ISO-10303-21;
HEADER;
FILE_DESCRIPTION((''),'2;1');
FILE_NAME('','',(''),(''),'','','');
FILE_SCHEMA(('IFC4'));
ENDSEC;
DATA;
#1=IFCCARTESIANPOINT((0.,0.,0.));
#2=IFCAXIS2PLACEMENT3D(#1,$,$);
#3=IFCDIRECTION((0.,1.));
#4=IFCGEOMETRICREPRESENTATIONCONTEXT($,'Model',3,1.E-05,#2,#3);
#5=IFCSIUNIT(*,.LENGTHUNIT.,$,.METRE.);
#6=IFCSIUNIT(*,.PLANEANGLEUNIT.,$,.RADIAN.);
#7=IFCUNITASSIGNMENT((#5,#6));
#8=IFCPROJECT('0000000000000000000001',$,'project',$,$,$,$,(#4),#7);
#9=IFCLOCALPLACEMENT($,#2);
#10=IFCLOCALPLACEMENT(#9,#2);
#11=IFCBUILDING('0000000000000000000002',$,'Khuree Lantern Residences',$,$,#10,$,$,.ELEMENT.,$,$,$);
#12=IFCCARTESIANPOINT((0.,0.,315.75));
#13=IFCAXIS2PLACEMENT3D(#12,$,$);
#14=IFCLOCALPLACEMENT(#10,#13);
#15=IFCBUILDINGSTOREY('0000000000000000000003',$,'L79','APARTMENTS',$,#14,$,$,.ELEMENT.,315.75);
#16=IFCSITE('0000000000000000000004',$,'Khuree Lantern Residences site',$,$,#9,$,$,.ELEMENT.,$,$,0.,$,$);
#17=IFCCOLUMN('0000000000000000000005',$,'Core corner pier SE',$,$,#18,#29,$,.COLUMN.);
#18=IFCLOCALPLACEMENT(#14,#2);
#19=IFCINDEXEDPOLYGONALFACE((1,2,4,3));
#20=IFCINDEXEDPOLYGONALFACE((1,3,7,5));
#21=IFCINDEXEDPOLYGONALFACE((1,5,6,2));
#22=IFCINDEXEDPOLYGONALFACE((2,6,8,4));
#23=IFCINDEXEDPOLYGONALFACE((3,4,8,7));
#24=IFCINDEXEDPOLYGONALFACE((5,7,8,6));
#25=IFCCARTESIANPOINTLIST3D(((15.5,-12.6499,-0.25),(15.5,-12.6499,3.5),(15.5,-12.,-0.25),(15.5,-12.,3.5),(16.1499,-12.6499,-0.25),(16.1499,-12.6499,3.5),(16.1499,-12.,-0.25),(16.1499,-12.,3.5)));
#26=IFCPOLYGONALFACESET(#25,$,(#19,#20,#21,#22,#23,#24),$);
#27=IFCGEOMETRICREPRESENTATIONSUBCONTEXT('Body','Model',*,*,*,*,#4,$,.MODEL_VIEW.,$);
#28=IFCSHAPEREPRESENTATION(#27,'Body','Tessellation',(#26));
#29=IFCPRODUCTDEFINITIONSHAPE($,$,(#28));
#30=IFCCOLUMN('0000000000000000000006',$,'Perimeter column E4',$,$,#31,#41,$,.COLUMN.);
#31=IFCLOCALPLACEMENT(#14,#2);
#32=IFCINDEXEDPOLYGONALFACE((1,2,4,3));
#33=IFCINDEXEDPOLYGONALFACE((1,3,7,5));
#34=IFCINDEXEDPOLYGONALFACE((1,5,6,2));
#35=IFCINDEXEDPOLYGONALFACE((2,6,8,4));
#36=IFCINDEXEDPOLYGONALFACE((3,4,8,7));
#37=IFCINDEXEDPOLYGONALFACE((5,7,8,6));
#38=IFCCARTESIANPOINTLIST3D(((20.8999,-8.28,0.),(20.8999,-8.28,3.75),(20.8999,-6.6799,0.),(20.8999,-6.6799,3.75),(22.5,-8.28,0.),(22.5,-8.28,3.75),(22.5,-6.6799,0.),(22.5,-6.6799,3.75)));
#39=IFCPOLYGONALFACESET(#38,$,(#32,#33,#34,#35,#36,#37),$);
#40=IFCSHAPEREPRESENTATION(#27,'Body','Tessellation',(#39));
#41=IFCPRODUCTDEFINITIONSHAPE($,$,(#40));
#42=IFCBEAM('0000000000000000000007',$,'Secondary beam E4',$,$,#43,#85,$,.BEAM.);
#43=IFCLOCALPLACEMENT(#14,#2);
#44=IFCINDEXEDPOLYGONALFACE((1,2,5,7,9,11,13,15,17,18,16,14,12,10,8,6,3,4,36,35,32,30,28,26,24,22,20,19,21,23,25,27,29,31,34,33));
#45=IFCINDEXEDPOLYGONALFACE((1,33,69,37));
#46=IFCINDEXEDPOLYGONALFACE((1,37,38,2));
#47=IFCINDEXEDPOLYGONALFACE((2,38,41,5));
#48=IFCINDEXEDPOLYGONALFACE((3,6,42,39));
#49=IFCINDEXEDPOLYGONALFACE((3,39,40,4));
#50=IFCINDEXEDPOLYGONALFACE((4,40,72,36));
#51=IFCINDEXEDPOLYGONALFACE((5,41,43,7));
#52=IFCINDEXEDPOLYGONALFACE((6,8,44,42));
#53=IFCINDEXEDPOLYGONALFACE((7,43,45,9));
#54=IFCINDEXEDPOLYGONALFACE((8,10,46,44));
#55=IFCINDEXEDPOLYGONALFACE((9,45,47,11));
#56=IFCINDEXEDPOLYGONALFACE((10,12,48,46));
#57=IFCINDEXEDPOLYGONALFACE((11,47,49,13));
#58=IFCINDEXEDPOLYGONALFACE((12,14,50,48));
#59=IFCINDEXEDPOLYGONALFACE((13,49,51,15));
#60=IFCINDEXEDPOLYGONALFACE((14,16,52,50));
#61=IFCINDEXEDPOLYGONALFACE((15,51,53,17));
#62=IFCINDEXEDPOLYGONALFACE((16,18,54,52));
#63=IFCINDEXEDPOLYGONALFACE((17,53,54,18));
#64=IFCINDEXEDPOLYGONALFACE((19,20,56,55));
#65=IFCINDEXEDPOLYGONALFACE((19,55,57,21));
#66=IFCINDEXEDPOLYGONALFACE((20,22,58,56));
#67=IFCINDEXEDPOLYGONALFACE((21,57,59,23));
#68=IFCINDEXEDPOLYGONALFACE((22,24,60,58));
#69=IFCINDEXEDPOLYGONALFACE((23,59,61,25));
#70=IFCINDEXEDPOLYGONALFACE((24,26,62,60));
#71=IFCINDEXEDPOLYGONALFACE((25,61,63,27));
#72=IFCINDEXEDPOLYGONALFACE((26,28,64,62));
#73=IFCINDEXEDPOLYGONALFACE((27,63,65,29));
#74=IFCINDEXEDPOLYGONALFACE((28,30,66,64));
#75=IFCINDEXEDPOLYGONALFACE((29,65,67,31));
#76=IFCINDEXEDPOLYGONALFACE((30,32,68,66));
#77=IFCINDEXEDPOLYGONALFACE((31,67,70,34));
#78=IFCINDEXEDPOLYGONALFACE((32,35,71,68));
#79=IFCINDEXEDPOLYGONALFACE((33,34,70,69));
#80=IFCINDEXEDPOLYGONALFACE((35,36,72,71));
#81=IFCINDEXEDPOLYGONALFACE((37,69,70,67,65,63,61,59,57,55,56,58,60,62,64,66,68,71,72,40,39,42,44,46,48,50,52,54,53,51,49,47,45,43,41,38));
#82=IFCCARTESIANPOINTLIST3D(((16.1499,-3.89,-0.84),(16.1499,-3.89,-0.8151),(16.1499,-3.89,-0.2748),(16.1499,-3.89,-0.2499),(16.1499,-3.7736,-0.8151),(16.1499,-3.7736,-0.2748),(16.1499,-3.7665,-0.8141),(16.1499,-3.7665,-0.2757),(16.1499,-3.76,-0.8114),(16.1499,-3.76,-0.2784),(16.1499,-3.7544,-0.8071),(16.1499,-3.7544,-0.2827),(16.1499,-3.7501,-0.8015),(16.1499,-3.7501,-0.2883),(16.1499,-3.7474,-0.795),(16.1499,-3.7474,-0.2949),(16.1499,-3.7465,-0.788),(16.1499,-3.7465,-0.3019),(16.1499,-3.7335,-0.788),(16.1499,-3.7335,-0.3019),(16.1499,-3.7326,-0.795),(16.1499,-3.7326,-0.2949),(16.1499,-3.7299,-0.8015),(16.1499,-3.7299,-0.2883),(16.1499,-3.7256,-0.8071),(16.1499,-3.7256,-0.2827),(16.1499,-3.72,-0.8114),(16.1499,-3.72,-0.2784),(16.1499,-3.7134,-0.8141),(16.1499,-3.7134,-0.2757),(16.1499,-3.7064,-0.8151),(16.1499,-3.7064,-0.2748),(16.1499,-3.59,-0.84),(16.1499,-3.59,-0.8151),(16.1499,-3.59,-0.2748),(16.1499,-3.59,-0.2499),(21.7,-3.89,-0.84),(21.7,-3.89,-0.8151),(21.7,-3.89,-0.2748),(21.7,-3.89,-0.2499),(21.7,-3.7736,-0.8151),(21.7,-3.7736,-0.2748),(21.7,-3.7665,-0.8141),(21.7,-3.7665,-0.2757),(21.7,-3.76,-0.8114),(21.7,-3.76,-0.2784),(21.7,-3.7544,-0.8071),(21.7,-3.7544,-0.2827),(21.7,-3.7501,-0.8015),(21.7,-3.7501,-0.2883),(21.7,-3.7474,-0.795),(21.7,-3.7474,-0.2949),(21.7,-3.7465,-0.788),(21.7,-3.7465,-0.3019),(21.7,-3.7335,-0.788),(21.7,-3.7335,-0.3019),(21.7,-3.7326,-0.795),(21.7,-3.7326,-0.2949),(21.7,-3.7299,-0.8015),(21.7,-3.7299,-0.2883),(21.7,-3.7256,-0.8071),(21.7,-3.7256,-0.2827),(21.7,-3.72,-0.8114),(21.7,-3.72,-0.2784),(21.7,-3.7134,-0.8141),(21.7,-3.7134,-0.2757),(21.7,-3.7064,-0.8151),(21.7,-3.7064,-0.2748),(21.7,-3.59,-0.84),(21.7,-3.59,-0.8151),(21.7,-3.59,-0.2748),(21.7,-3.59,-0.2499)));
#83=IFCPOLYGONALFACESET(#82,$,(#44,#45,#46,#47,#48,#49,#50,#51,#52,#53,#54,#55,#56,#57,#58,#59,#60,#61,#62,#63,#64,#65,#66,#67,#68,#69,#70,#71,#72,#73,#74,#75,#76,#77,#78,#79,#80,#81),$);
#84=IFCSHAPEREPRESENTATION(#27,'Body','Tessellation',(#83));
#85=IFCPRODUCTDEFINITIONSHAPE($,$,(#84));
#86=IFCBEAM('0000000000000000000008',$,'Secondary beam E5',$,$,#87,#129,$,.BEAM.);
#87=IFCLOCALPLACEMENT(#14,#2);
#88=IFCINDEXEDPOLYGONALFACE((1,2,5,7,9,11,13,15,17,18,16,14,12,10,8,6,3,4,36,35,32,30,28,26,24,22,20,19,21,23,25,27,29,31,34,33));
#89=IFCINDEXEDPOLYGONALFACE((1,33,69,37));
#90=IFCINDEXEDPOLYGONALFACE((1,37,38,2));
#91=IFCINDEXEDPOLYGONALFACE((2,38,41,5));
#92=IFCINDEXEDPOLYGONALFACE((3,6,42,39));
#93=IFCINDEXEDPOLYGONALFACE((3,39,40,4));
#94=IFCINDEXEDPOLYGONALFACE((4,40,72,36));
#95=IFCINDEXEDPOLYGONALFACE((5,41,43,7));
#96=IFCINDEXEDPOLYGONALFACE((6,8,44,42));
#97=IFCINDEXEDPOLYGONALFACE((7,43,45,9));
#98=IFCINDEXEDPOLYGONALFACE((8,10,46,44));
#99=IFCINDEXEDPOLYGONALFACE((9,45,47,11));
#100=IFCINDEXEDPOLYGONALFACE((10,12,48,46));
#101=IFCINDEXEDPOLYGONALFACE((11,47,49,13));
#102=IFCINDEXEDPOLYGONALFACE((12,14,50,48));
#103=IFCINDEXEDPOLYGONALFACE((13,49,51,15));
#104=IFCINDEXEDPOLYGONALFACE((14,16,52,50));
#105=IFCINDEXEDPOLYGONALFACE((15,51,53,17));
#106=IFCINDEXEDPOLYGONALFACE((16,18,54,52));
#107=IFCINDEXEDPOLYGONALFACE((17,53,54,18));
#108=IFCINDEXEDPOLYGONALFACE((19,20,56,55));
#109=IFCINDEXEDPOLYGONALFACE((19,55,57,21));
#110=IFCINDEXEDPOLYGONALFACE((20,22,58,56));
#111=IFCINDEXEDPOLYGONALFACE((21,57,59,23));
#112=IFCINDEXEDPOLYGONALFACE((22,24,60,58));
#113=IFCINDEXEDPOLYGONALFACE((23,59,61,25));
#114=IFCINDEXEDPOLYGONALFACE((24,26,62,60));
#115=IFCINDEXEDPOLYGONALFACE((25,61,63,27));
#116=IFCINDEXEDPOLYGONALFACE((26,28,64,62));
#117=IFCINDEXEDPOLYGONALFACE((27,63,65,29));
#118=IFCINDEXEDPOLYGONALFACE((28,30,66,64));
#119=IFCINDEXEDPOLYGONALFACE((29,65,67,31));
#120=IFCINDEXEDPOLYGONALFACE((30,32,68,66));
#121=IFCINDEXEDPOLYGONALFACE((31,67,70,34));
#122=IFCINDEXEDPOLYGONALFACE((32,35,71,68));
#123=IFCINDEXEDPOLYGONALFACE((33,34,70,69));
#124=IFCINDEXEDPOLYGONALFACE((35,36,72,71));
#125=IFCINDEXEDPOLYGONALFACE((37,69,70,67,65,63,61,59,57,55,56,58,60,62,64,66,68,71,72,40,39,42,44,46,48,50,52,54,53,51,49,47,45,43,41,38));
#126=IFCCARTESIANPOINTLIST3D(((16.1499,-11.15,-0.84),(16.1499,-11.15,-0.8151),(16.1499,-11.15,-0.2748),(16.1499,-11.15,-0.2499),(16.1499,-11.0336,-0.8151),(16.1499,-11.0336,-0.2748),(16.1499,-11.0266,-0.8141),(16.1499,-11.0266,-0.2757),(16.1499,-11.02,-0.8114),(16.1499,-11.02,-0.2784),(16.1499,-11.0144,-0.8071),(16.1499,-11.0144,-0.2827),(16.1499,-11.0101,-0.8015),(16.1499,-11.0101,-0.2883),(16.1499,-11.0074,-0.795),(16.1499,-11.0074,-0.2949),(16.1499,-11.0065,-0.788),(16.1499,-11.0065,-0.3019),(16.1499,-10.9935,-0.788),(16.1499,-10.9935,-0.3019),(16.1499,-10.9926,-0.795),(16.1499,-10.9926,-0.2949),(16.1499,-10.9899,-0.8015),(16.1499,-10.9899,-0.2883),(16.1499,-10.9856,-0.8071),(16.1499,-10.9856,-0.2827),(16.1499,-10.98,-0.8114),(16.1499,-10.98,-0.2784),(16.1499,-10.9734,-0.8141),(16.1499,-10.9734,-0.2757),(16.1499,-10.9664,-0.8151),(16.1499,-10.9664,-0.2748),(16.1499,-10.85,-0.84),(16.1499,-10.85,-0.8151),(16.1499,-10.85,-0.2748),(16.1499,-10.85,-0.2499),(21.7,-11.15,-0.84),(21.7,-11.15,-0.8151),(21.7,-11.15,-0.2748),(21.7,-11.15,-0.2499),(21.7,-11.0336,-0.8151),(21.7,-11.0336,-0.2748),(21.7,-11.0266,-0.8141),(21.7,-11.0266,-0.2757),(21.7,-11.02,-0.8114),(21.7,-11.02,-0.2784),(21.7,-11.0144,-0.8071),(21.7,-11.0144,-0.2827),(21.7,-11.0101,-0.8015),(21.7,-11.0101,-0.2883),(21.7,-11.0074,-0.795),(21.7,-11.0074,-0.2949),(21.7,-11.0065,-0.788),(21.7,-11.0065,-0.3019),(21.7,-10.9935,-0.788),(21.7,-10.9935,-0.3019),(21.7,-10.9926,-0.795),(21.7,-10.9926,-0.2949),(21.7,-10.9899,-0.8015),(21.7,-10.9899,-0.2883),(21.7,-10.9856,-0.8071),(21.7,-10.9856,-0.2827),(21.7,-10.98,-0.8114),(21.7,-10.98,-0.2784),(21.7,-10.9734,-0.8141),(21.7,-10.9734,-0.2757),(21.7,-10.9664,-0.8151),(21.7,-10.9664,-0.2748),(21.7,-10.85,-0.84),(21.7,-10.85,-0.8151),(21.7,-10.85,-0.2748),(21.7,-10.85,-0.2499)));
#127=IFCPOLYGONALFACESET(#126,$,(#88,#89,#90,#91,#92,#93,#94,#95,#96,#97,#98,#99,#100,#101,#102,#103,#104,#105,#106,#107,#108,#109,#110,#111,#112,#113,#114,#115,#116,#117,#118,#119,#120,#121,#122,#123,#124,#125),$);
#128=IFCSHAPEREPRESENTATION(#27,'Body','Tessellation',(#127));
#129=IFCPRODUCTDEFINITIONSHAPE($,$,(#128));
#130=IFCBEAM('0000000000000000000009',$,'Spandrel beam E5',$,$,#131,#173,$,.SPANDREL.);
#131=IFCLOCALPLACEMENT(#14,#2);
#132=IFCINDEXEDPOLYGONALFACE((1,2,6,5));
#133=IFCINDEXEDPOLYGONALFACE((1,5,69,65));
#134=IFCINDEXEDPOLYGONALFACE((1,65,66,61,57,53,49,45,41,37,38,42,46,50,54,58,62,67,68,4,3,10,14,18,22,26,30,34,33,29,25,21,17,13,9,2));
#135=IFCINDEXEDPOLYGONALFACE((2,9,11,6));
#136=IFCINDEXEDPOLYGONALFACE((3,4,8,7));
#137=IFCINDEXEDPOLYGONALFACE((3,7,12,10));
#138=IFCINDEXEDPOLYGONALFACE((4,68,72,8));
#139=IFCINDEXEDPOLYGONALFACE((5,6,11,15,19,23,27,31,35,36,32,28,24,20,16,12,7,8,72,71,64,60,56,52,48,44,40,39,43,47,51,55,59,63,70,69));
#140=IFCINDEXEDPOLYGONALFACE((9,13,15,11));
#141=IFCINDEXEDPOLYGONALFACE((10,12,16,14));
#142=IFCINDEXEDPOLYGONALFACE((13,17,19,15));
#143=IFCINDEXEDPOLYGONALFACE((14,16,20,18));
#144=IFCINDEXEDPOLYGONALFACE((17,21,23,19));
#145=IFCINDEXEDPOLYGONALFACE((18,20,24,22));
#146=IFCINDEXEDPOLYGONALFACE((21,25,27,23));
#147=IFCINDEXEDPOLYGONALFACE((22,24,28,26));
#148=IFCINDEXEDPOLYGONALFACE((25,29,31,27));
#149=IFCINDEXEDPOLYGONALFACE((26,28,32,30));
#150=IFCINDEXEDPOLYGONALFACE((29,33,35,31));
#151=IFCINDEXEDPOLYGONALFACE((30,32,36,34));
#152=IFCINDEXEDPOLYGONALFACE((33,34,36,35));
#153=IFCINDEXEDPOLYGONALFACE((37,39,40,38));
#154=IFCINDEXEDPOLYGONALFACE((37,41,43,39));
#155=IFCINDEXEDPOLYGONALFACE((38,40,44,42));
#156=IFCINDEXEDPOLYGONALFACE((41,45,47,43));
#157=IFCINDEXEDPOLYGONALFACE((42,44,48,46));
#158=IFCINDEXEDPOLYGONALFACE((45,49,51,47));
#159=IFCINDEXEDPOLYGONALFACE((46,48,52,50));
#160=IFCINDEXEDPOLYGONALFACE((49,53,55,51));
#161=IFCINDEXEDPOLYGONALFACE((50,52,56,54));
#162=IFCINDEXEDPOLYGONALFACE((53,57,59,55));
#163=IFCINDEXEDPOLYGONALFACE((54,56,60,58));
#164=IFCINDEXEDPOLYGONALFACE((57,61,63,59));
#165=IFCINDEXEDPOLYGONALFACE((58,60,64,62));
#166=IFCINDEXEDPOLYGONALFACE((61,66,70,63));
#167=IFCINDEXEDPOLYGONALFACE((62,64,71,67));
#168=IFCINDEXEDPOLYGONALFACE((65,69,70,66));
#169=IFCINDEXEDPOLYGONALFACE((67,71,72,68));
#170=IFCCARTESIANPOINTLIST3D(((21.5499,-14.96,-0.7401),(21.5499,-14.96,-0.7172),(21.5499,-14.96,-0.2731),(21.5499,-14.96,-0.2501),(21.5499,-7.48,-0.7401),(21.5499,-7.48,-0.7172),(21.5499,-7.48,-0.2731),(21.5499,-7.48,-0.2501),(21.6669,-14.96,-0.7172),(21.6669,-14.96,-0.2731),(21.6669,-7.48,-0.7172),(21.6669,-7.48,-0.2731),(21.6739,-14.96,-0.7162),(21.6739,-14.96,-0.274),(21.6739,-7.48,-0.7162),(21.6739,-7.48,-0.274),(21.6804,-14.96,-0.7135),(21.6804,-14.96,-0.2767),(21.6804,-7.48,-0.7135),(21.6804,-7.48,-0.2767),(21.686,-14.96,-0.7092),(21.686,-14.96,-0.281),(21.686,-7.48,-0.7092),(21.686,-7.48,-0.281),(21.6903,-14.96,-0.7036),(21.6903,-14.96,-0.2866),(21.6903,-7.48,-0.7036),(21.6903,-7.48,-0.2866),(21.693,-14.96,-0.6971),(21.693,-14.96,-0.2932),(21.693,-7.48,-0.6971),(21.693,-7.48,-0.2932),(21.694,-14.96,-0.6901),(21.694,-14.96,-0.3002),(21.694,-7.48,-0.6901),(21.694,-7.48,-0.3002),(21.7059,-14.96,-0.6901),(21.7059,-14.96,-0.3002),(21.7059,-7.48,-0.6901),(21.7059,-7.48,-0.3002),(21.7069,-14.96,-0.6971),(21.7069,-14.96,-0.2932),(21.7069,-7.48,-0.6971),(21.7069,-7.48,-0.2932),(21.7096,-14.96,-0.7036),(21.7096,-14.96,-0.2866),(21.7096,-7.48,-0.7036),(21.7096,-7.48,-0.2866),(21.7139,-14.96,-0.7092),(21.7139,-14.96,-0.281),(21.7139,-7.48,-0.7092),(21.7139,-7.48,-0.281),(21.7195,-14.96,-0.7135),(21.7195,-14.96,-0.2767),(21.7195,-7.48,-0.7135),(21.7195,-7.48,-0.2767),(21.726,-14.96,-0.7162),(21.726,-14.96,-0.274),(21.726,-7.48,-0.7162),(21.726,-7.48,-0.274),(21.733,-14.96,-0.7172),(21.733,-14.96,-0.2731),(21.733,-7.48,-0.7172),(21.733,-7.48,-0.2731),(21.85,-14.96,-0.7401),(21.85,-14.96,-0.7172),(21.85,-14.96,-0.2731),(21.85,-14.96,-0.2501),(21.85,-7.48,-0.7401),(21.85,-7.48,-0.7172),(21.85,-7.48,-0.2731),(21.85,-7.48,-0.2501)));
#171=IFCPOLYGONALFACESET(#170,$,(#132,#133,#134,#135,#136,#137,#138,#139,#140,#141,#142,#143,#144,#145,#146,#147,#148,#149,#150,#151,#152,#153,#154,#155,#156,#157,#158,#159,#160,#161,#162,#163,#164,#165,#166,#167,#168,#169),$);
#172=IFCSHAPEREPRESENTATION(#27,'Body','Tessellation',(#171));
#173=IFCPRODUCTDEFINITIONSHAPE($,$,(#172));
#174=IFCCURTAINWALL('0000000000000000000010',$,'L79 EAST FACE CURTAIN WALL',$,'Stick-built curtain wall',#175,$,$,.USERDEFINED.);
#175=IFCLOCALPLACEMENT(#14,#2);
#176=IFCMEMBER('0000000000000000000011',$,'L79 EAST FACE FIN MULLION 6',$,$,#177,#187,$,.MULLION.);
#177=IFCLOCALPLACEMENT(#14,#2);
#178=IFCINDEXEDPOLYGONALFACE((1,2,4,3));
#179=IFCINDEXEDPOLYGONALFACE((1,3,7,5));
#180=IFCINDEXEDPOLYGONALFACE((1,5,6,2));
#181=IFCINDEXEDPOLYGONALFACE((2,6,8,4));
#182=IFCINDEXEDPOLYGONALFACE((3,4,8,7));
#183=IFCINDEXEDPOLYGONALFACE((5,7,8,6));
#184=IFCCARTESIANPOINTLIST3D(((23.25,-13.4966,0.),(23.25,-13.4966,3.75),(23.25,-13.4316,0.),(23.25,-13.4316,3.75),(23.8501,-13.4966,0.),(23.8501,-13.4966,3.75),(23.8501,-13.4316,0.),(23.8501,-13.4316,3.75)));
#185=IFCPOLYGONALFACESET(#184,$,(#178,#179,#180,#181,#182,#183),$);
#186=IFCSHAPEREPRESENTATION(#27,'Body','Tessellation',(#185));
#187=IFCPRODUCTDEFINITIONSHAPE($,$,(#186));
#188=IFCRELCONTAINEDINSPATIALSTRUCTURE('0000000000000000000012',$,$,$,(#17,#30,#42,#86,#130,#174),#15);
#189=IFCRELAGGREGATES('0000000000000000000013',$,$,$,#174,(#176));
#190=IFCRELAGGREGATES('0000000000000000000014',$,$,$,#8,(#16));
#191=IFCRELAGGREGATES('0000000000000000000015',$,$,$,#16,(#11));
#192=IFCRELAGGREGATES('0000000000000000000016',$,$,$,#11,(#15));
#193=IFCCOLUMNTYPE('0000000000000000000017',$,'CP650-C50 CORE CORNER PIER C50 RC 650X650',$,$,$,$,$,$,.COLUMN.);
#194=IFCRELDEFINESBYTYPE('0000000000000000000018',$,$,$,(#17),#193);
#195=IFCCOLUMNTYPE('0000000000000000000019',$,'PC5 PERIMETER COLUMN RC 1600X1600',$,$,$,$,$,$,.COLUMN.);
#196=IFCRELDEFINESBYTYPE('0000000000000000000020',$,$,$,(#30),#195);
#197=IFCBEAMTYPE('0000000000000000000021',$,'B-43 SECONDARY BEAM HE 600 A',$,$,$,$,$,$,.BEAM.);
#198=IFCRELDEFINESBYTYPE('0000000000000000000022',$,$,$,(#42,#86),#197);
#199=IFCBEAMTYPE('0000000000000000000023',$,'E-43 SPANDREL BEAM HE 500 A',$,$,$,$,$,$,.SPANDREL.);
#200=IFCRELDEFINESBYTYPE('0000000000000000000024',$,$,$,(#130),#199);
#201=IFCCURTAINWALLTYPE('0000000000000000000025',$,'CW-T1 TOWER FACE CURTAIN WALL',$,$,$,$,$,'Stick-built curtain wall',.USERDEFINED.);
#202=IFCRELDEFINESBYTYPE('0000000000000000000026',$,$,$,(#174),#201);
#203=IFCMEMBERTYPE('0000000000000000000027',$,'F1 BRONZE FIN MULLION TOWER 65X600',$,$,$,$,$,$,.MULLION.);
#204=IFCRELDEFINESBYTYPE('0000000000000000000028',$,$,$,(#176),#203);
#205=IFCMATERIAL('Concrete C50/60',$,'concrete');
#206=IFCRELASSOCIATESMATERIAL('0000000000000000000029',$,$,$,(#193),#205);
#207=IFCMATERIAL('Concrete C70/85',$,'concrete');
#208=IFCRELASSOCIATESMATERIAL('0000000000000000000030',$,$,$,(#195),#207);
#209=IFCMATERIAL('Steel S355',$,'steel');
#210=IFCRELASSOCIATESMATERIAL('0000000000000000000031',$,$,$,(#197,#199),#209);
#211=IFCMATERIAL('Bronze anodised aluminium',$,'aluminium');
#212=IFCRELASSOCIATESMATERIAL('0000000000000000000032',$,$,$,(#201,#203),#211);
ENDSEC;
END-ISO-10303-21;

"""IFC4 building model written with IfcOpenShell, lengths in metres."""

from ifc_helpers import new_model, si_unit, direction, frame, origin, origin_2d, place, context, subcontext, project, spatial, rectangle, i_section, extrude, material, material_profile, profile_set, type_object, element, aggregate, save


model = new_model("IFC4")

# Units and contexts
model_context = context("Model", 3, precision=1e-05, world=origin(), true_north=direction((0.0, 1.0)))
body_context = subcontext(model_context, "Body", "Model", "MODEL_VIEW")
ifc_project = project(units=[si_unit("LENGTHUNIT", "METRE"), si_unit("PLANEANGLEUNIT", "RADIAN")], contexts=[model_context])

# Site, building, storey
site_placement = place(None, origin())
site = spatial("IfcSite", under=ifc_project, at=site_placement, Name="Khuree Lantern Residences site", CompositionType="ELEMENT", RefElevation=0.0)
building_placement = place(site_placement, origin())
building = spatial("IfcBuilding", under=site, at=building_placement, Name="Khuree Lantern Residences", CompositionType="ELEMENT")
storey_placement = place(building_placement, frame((0.0, 0.0, 315.75)))
storey = spatial("IfcBuildingStorey", under=building, at=storey_placement, Name="L79", Description="APARTMENTS", CompositionType="ELEMENT", Elevation=315.75)

# Columns
ifc_material_1 = material(Name="Concrete C50/60", Category="concrete")
ifc_material_profile_1 = material_profile(ifc_material_1, rectangle(XDim=0.6499, YDim=0.6499, at=origin_2d()), Name="RC 650X650")
ifc_profile_set_1 = profile_set([ifc_material_profile_1], Name="Concrete C50/60")
column_type_1 = type_object("IfcColumnType", Name="CP650-C50 CORE CORNER PIER C50 RC 650X650", PredefinedType="COLUMN", material=ifc_profile_set_1)
column_1_placement = place(storey_placement, frame((15.825, -12.325, -0.25), z_axis=(0.0, 0.0, 1.0), x_axis=(1.0, 0.0, 0.0)))
element("IfcColumn", 1, at=column_1_placement, inside=storey, type_object=column_type_1, Name="Core corner pier SE", PredefinedType="COLUMN", context=body_context, shape_type="SweptSolid", body=[
    extrude(rectangle(XDim=0.6499, YDim=0.6499, at=origin_2d()), origin(), (0.0, 0.0, 1.0), 3.75),
])
ifc_material_2 = material(Name="Concrete C70/85", Category="concrete")
ifc_material_profile_2 = material_profile(ifc_material_2, rectangle(XDim=1.6001, YDim=1.6001, at=origin_2d()), Name="RC 1600X1600")
ifc_profile_set_2 = profile_set([ifc_material_profile_2], Name="Concrete C70/85")
column_type_2 = type_object("IfcColumnType", Name="PC5 PERIMETER COLUMN RC 1600X1600", PredefinedType="COLUMN", material=ifc_profile_set_2)
column_2_placement = place(storey_placement, frame((21.7, -7.48, 0.0), z_axis=(0.0, 0.0, 1.0), x_axis=(0.0, 1.0, 0.0)))
element("IfcColumn", 2, at=column_2_placement, inside=storey, type_object=column_type_2, Name="Perimeter column E4", PredefinedType="COLUMN", context=body_context, shape_type="SweptSolid", body=[
    extrude(rectangle(XDim=1.6001, YDim=1.6001, at=origin_2d()), origin(), (0.0, 0.0, 1.0), 3.75),
])

# Beams
ifc_material_3 = material(Name="Steel S355", Category="steel")
ifc_material_profile_3 = material_profile(ifc_material_3, i_section(OverallWidth=0.3, OverallDepth=0.5901, WebThickness=0.0129, FlangeThickness=0.0249, FilletRadius=0.0271, at=origin_2d()), Name="HE 600 A")
ifc_profile_set_3 = profile_set([ifc_material_profile_3], Name="Steel S355")
beam_type_1 = type_object("IfcBeamType", Name="B-43 SECONDARY BEAM HE 600 A", PredefinedType="BEAM", material=ifc_profile_set_3)
for number, where, z_axis, x_axis, name in (
    (3, (21.7, -3.74, -0.5449), (-1.0, 0.0, 0.0), (0.0, -1.0, 0.0), "Secondary beam E4"),
    (4, (21.7, -11.0, -0.5449), (-1.0, 0.0, 0.0), (0.0, -1.0, 0.0), "Secondary beam E5"),
):
    element("IfcBeam", number, at=place(storey_placement, frame(where, z_axis=z_axis, x_axis=x_axis)), inside=storey, type_object=beam_type_1, Name=name, PredefinedType="BEAM", context=body_context, shape_type="SweptSolid", body=[
        extrude(i_section(OverallWidth=0.3, OverallDepth=0.5901, WebThickness=0.0129, FlangeThickness=0.0249, FilletRadius=0.0271, at=origin_2d()), origin(), (0.0, 0.0, 1.0), 5.55),
    ])
ifc_material_profile_4 = material_profile(ifc_material_3, i_section(OverallWidth=0.3, OverallDepth=0.49, WebThickness=0.012, FlangeThickness=0.0229, FilletRadius=0.0271, at=origin_2d()), Name="HE 500 A")
ifc_profile_set_4 = profile_set([ifc_material_profile_4], Name="Steel S355")
beam_type_2 = type_object("IfcBeamType", Name="E-43 SPANDREL BEAM HE 500 A", PredefinedType="SPANDREL", material=ifc_profile_set_4)
beam_1_placement = place(storey_placement, frame((21.7, -7.48, -0.4951), z_axis=(0.0, -1.0, 0.0), x_axis=(1.0, 0.0, 0.0)))
element("IfcBeam", 5, at=beam_1_placement, inside=storey, type_object=beam_type_2, Name="Spandrel beam E5", PredefinedType="SPANDREL", context=body_context, shape_type="SweptSolid", body=[
    extrude(i_section(OverallWidth=0.3, OverallDepth=0.49, WebThickness=0.012, FlangeThickness=0.0229, FilletRadius=0.0271, at=origin_2d()), origin(), (0.0, 0.0, 1.0), 7.48),
])

# Curtain wall, member
ifc_material_4 = material(Name="Bronze anodised aluminium", Category="aluminium")
curtain_wall_type = type_object("IfcCurtainWallType", Name="CW-T1 TOWER FACE CURTAIN WALL", ElementType="Stick-built curtain wall", PredefinedType="USERDEFINED", material=ifc_material_4)
curtain_wall_placement = place(storey_placement, origin())
curtain_wall = element("IfcCurtainWall", 6, at=curtain_wall_placement, inside=storey, type_object=curtain_wall_type, Name="L79 EAST FACE CURTAIN WALL", ObjectType="Stick-built curtain wall", PredefinedType="USERDEFINED")
ifc_material_profile_5 = material_profile(ifc_material_4, rectangle(XDim=0.0649, YDim=0.6001, at=origin_2d()), Name="F1 65X600")
ifc_profile_set_5 = profile_set([ifc_material_profile_5], Name="Bronze anodised aluminium")
member_type_1 = type_object("IfcMemberType", Name="F1 BRONZE FIN MULLION TOWER 65X600", PredefinedType="MULLION", material=ifc_profile_set_5)
member_1_placement = place(storey_placement, frame((23.55, -13.4641, 0.0), z_axis=(0.0, 0.0, 1.0), x_axis=(0.0, 1.0, 0.0)))
member_1 = element("IfcMember", 7, at=member_1_placement, type_object=member_type_1, Name="L79 EAST FACE FIN MULLION 6", PredefinedType="MULLION", context=body_context, shape_type="SweptSolid", body=[
    extrude(rectangle(XDim=0.0649, YDim=0.6001, at=origin_2d()), origin(), (0.0, 0.0, 1.0), 3.75),
])

aggregate(curtain_wall, [member_1])

save(model, "model.ifc")
